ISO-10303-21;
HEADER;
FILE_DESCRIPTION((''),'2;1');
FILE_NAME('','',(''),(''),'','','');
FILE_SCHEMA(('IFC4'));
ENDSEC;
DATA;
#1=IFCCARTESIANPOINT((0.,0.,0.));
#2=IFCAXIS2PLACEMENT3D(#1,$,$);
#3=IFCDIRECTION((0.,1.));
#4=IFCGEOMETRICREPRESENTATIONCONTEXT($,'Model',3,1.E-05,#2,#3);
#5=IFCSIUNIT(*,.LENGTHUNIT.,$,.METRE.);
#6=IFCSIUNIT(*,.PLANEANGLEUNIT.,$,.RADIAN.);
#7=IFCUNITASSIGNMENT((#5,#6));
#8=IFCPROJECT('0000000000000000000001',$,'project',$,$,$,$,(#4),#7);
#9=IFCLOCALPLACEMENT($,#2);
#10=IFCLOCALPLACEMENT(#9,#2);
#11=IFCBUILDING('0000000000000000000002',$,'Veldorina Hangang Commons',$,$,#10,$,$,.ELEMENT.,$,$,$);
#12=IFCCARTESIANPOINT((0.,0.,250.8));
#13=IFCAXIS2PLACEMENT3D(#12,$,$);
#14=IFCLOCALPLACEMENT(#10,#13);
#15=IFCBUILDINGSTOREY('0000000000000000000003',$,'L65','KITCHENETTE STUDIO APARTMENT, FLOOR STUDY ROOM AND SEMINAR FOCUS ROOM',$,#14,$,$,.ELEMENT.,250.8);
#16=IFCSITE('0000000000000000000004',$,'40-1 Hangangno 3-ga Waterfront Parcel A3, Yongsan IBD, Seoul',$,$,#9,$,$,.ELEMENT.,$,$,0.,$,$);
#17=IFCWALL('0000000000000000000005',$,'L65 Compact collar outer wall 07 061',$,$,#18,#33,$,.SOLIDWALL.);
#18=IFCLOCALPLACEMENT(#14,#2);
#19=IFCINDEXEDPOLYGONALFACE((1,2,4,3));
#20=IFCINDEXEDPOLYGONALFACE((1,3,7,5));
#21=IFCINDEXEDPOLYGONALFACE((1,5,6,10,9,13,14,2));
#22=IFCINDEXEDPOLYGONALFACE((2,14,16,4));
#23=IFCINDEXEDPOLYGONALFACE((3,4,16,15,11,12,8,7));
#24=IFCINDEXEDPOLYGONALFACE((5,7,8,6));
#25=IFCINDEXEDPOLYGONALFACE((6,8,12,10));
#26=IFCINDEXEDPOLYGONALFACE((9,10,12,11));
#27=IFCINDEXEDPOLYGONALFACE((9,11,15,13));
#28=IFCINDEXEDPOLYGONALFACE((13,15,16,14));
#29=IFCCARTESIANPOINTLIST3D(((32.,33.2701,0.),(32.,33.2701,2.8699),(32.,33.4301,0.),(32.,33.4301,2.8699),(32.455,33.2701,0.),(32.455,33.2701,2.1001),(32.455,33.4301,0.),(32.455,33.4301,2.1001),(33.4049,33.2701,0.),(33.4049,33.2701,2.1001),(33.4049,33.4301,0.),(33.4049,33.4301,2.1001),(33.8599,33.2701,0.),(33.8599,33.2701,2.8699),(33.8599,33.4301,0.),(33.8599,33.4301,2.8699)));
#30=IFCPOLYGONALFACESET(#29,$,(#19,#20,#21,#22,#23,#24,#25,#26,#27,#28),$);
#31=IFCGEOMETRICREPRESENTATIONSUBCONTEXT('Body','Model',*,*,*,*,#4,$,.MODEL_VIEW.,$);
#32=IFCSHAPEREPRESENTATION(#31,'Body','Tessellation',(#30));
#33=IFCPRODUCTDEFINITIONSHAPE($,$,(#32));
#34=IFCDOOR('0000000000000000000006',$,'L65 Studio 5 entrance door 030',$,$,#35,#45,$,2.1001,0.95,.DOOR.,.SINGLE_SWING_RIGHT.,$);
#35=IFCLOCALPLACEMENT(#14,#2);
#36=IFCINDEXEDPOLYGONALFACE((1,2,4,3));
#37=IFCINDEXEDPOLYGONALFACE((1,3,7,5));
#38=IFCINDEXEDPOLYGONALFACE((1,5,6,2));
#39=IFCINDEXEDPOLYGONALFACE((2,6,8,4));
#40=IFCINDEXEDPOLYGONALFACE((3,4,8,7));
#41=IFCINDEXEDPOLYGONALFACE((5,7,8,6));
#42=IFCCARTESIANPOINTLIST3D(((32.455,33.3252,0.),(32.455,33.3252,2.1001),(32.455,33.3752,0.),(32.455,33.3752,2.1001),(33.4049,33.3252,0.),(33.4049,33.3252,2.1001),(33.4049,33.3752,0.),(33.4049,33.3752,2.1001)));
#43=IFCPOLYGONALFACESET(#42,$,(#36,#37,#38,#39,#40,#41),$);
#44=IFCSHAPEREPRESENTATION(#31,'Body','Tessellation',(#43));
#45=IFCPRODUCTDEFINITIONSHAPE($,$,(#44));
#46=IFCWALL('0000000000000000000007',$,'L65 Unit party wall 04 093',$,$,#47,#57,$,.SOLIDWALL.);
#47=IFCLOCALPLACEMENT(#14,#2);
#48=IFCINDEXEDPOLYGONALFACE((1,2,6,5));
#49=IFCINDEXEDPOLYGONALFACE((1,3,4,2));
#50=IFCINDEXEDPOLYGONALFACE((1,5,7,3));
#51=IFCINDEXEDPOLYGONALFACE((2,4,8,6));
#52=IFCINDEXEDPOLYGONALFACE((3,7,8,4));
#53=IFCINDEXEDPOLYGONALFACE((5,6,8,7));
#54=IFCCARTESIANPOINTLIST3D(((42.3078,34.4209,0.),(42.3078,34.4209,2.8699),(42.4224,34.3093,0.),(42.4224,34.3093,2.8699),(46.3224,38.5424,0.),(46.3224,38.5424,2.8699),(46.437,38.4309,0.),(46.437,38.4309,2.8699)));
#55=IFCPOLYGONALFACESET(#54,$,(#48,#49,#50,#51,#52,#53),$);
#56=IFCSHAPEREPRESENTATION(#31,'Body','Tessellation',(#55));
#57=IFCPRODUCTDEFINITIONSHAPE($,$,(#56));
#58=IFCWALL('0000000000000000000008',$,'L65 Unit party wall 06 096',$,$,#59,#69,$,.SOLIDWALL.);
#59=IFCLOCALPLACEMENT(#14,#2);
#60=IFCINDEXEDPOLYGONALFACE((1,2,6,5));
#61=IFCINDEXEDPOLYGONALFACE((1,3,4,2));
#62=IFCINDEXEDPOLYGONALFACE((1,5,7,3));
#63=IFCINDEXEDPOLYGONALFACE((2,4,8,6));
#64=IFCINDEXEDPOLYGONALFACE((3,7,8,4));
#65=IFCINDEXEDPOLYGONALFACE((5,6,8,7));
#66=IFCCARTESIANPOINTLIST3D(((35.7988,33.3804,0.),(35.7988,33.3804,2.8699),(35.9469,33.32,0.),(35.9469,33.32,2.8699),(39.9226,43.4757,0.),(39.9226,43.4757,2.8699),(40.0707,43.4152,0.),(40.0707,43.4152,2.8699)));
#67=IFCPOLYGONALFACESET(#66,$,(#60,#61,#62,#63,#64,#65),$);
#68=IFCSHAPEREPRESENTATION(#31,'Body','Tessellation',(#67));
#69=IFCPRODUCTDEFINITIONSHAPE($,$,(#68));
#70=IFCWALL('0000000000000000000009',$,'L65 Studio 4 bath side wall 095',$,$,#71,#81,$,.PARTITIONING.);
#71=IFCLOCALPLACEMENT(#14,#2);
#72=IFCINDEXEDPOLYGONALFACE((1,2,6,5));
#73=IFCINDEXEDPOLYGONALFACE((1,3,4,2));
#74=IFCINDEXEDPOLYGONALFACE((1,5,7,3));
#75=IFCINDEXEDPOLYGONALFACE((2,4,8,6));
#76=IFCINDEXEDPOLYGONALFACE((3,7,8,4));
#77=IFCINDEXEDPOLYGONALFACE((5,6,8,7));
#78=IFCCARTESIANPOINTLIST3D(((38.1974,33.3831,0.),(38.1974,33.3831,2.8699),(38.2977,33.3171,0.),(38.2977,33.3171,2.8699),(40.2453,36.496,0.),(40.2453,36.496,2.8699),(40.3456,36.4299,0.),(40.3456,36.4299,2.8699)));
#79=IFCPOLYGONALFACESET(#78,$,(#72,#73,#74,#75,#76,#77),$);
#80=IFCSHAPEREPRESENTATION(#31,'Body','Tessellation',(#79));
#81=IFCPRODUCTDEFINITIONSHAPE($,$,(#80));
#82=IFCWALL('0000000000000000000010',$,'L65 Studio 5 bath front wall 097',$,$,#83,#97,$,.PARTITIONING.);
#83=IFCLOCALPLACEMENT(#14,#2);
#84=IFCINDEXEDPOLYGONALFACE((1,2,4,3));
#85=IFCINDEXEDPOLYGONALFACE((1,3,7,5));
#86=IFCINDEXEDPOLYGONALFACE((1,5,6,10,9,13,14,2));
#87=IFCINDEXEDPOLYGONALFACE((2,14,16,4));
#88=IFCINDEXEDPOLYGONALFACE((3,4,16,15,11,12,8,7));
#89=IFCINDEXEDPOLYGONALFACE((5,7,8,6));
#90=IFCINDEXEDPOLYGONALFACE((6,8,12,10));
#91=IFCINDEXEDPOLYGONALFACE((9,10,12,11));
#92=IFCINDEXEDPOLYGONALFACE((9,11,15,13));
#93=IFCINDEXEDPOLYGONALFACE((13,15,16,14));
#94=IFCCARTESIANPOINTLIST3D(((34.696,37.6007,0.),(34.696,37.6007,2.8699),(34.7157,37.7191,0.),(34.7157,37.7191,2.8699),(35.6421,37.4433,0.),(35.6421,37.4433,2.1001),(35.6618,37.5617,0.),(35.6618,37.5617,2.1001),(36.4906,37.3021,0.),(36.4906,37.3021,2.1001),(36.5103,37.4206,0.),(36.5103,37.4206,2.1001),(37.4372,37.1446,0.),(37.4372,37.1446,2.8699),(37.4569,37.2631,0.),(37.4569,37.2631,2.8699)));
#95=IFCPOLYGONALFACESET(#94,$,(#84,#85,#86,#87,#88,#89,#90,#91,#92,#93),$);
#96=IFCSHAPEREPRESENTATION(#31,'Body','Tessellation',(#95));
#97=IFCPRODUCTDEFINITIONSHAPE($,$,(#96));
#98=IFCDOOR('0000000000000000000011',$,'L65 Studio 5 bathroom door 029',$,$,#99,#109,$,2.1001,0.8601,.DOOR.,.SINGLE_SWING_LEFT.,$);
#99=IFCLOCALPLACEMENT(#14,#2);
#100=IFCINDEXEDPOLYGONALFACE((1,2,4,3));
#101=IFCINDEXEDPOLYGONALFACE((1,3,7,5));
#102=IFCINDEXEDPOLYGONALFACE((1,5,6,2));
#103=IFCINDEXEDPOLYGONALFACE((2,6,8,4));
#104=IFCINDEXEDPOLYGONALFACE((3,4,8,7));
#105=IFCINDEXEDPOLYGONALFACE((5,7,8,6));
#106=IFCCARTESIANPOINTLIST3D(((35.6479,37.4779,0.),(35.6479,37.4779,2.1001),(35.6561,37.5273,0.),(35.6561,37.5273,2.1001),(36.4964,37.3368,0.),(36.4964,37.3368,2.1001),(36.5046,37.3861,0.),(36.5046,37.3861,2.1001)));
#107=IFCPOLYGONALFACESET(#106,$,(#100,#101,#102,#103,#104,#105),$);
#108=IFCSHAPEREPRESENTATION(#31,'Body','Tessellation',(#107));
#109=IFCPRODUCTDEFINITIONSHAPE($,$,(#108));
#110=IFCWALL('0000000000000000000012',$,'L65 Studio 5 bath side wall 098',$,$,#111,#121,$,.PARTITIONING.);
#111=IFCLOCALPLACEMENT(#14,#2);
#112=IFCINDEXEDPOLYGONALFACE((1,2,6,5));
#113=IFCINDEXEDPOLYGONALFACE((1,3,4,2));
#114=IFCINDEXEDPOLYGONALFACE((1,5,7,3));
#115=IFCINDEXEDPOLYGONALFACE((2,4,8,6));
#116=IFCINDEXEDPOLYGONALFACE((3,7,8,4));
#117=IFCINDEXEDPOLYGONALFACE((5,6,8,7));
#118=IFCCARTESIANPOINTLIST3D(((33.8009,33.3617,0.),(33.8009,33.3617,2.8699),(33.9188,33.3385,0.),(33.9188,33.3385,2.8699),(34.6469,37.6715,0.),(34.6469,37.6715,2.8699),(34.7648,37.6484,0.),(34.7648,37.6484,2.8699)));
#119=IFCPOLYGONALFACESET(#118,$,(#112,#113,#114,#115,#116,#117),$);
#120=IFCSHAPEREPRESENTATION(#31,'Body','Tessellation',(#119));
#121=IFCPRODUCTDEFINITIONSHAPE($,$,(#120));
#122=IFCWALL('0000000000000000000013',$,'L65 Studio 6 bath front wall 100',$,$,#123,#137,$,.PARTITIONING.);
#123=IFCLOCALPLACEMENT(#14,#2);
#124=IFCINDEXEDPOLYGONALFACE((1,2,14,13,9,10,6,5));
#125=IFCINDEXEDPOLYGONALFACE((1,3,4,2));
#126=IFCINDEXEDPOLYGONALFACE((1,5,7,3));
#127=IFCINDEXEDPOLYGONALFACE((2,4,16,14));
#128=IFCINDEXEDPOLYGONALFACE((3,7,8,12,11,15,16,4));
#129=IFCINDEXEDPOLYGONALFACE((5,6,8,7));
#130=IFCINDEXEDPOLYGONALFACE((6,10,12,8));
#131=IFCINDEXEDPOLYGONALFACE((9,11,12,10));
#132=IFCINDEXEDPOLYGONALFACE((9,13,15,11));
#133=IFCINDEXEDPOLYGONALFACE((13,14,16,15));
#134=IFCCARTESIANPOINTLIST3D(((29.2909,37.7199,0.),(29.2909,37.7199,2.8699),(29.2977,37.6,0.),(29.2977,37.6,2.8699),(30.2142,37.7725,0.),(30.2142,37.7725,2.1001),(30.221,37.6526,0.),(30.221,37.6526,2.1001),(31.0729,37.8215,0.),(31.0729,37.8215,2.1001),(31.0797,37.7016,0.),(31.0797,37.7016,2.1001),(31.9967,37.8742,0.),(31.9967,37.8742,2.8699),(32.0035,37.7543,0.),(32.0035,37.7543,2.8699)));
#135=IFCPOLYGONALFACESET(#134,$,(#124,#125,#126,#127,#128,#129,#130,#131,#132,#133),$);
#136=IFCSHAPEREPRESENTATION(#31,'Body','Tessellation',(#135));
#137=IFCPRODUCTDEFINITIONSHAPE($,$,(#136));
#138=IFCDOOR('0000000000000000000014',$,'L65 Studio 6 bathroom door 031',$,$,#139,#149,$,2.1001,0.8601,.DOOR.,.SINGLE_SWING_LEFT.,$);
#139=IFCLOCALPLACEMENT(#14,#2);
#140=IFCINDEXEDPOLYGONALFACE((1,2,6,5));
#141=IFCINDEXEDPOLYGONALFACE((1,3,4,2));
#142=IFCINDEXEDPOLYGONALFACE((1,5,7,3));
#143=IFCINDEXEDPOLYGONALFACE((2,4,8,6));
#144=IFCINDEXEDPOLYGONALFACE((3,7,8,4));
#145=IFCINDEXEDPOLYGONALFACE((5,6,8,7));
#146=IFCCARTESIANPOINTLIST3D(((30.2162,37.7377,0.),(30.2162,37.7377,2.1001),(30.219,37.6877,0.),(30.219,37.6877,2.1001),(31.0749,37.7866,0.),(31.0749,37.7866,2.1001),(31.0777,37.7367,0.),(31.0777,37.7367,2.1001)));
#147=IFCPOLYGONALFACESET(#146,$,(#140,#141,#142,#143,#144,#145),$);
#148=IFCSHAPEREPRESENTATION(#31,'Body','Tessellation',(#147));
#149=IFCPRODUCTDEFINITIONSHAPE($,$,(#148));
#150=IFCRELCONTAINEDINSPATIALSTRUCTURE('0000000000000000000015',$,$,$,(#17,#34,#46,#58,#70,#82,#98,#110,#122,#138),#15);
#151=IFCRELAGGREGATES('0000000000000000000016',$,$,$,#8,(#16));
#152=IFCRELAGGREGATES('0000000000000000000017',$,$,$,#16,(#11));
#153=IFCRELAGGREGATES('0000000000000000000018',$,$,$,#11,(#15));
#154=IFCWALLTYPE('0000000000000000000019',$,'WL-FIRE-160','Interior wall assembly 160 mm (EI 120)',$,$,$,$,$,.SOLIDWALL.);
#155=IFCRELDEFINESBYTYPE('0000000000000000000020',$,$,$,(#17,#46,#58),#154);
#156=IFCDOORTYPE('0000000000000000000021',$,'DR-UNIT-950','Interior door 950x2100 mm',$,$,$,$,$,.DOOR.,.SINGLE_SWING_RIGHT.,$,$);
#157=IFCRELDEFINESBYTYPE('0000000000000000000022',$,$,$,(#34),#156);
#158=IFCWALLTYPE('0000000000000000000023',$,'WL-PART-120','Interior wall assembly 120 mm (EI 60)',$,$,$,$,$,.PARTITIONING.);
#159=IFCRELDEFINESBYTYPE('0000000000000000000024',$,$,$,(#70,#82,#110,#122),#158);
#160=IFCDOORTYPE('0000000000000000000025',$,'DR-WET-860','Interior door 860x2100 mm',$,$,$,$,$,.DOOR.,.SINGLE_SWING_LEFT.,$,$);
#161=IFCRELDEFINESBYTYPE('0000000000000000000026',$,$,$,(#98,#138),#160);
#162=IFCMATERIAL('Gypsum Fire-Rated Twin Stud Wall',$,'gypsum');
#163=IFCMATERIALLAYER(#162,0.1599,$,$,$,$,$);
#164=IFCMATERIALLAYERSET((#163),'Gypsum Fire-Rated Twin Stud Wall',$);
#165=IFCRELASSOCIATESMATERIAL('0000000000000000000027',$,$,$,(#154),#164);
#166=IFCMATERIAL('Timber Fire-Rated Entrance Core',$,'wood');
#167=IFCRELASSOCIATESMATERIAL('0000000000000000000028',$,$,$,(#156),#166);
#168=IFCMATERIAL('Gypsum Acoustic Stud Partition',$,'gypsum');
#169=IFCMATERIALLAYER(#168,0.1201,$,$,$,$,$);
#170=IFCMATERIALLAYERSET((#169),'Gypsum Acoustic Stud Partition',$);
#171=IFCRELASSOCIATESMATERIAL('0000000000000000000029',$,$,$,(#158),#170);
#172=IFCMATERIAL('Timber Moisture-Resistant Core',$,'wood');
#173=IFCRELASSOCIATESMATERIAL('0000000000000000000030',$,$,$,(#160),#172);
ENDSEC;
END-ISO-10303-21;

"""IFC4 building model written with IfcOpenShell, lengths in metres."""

from ifc_helpers import new_model, si_unit, direction, frame, frame_2d, origin, place, context, subcontext, project, spatial, rectangle, extrude, material, layer, layer_set, type_object, element, fill, save


model = new_model("IFC4")

# Units and contexts
model_context = context("Model", 3, precision=1e-05, world=origin(), true_north=direction((0.0, 1.0)))
body_context = subcontext(model_context, "Body", "Model", "MODEL_VIEW")
ifc_project = project(units=[si_unit("LENGTHUNIT", "METRE"), si_unit("PLANEANGLEUNIT", "RADIAN")], contexts=[model_context])

# Site, building, storey
site_placement = place(None, origin())
site = spatial("IfcSite", under=ifc_project, at=site_placement, Name="40-1 Hangangno 3-ga Waterfront Parcel A3, Yongsan IBD, Seoul", CompositionType="ELEMENT", RefElevation=0.0)
building_placement = place(site_placement, origin())
building = spatial("IfcBuilding", under=site, at=building_placement, Name="Veldorina Hangang Commons", CompositionType="ELEMENT")
storey_placement = place(building_placement, frame((0.0, 0.0, 250.8)))
storey = spatial("IfcBuildingStorey", under=building, at=storey_placement, Name="L65", Description="KITCHENETTE STUDIO APARTMENT, FLOOR STUDY ROOM AND SEMINAR FOCUS ROOM", CompositionType="ELEMENT", Elevation=250.8)

# Shared definitions
ifc_material_1 = material(Name="Gypsum Fire-Rated Twin Stud Wall", Category="gypsum")
ifc_layer_1 = layer(ifc_material_1, 0.1599)
ifc_layer_set_1 = layer_set([ifc_layer_1], Name="Gypsum Fire-Rated Twin Stud Wall")
wall_type_1 = type_object("IfcWallType", Name="WL-FIRE-160", Description="Interior wall assembly 160 mm (EI 120)", PredefinedType="SOLIDWALL", material=ifc_layer_set_1)

# Shared definitions
ifc_material_2 = material(Name="Timber Fire-Rated Entrance Core", Category="wood")
door_type_1 = type_object("IfcDoorType", Name="DR-UNIT-950", Description="Interior door 950x2100 mm", OperationType="SINGLE_SWING_RIGHT", PredefinedType="DOOR", material=ifc_material_2)

# Wall, opening, door
wall_1_placement = place(storey_placement, frame((33.8599, 33.3501, 0.0), z_axis=(0.0, 0.0, 1.0), x_axis=(-1.0, 0.0, 0.0)))
wall_1 = element("IfcWall", 1, at=wall_1_placement, inside=storey, type_object=wall_type_1, Name="L65 Compact collar outer wall 07 061", PredefinedType="SOLIDWALL", context=body_context, shape_type="SweptSolid", body=[
    extrude(rectangle(XDim=1.8599, YDim=0.1599, at=frame_2d((0.9299, 0.0))), origin(), (0.0, 0.0, 1.0), 2.8699),
])
opening_1_placement = place(wall_1_placement, frame((0.4548, 0.0, 0.0)))
opening_1 = element("IfcOpeningElement", 2, at=opening_1_placement, cuts=wall_1, PredefinedType="OPENING", context=body_context, shape_type="SweptSolid", body=[
    extrude(rectangle(XDim=0.95, YDim=2.1001, at=frame_2d((0.4751, 1.05))), frame((0.0, 0.0898, 0.0), z_axis=(0.0, -1.0, 0.0), x_axis=(1.0, 0.0, 0.0)), (0.0, 0.0, 1.0), 0.1799),
])
door_1_placement = place(opening_1_placement, origin())
door_1 = element("IfcDoor", 3, at=door_1_placement, inside=storey, type_object=door_type_1, Name="L65 Studio 5 entrance door 030", OperationType="SINGLE_SWING_RIGHT", OverallHeight=2.1001, OverallWidth=0.95, PredefinedType="DOOR", context=body_context, shape_type="SweptSolid", body=[
    extrude(rectangle(XDim=0.95, YDim=2.1001, at=frame_2d((0.4751, 1.05))), frame((0.0, 0.0249, 0.0), z_axis=(0.0, -1.0, 0.0), x_axis=(1.0, 0.0, 0.0)), (0.0, 0.0, 1.0), 0.05),
])
fill(opening_1, door_1)

# Walls
wall_2_placement = place(storey_placement, frame((42.365, 34.365, 0.0), z_axis=(0.0, 0.0, 1.0), x_axis=(0.697753, 0.716338, 0.0)))
element("IfcWall", 4, at=wall_2_placement, inside=storey, type_object=wall_type_1, Name="L65 Unit party wall 04 093", PredefinedType="SOLIDWALL", context=body_context, shape_type="SweptSolid", body=[
    extrude(rectangle(XDim=5.7537, YDim=0.1599, at=frame_2d((2.877, 0.0))), origin(), (0.0, 0.0, 1.0), 2.8699),
])
wall_3_placement = place(storey_placement, frame((35.8728, 33.3501, 0.0), z_axis=(0.0, 0.0, 1.0), x_axis=(0.378155, 0.925742, 0.0)))
element("IfcWall", 5, at=wall_3_placement, inside=storey, type_object=wall_type_1, Name="L65 Unit party wall 06 096", PredefinedType="SOLIDWALL", context=body_context, shape_type="SweptSolid", body=[
    extrude(rectangle(XDim=10.905, YDim=0.1599, at=frame_2d((5.4526, 0.0))), origin(), (0.0, 0.0, 1.0), 2.8699),
])
ifc_material_3 = material(Name="Gypsum Acoustic Stud Partition", Category="gypsum")
ifc_layer_2 = layer(ifc_material_3, 0.1201)
ifc_layer_set_2 = layer_set([ifc_layer_2], Name="Gypsum Acoustic Stud Partition")
wall_type_2 = type_object("IfcWallType", Name="WL-PART-120", Description="Interior wall assembly 120 mm (EI 60)", PredefinedType="PARTITIONING", material=ifc_layer_set_2)
wall_4_placement = place(storey_placement, frame((38.2476, 33.3501, 0.0), z_axis=(0.0, 0.0, 1.0), x_axis=(0.549609, 0.835422, 0.0)))
element("IfcWall", 6, at=wall_4_placement, inside=storey, type_object=wall_type_2, Name="L65 Studio 4 bath side wall 095", PredefinedType="PARTITIONING", context=body_context, shape_type="SweptSolid", body=[
    extrude(rectangle(XDim=3.7261, YDim=0.1201, at=frame_2d((1.863, 0.0))), origin(), (0.0, 0.0, 1.0), 2.8699),
])

# Wall, opening, door
wall_5_placement = place(storey_placement, frame((37.447, 37.2039, 0.0), z_axis=(0.0, 0.0, 1.0), x_axis=(-0.986441, 0.164114, 0.0)))
wall_5 = element("IfcWall", 7, at=wall_5_placement, inside=storey, type_object=wall_type_2, Name="L65 Studio 5 bath front wall 097", PredefinedType="PARTITIONING", context=body_context, shape_type="SweptSolid", body=[
    extrude(rectangle(XDim=2.7788, YDim=0.1201, at=frame_2d((1.3894, 0.0))), origin(), (0.0, 0.0, 1.0), 2.8699),
])
opening_2_placement = place(wall_5_placement, frame((0.9595, 0.0, 0.0)))
opening_2 = element("IfcOpeningElement", 8, at=opening_2_placement, cuts=wall_5, PredefinedType="OPENING", context=body_context, shape_type="SweptSolid", body=[
    extrude(rectangle(XDim=0.8601, YDim=2.1001, at=frame_2d((0.4302, 1.05))), frame((0.0, 0.0701, 0.0), z_axis=(0.0, -1.0, 0.0), x_axis=(1.0, 0.0, 0.0)), (0.0, 0.0, 1.0), 0.1401),
])
ifc_material_4 = material(Name="Timber Moisture-Resistant Core", Category="wood")
door_type_2 = type_object("IfcDoorType", Name="DR-WET-860", Description="Interior door 860x2100 mm", OperationType="SINGLE_SWING_LEFT", PredefinedType="DOOR", material=ifc_material_4)
door_2_placement = place(opening_2_placement, origin())
door_2 = element("IfcDoor", 9, at=door_2_placement, inside=storey, type_object=door_type_2, Name="L65 Studio 5 bathroom door 029", OperationType="SINGLE_SWING_LEFT", OverallHeight=2.1001, OverallWidth=0.8601, PredefinedType="DOOR", context=body_context, shape_type="SweptSolid", body=[
    extrude(rectangle(XDim=0.8601, YDim=2.1001, at=frame_2d((0.4302, 1.05))), frame((0.0, 0.0249, 0.0), z_axis=(0.0, -1.0, 0.0), x_axis=(1.0, 0.0, 0.0)), (0.0, 0.0, 1.0), 0.05),
])
fill(opening_2, door_2)

# Wall
wall_6_placement = place(storey_placement, frame((33.8599, 33.3501, 0.0), z_axis=(0.0, 0.0, 1.0), x_axis=(0.192609, 0.981276, 0.0)))
element("IfcWall", 10, at=wall_6_placement, inside=storey, type_object=wall_type_2, Name="L65 Studio 5 bath side wall 098", PredefinedType="PARTITIONING", context=body_context, shape_type="SweptSolid", body=[
    extrude(rectangle(XDim=4.3921, YDim=0.1201, at=frame_2d((2.196, 0.0))), origin(), (0.0, 0.0, 1.0), 2.8699),
])

# Wall, opening, door
wall_7_placement = place(storey_placement, frame((32.0, 37.8142, 0.0), z_axis=(0.0, 0.0, 1.0), x_axis=(-0.998378, -0.056932, 0.0)))
wall_7 = element("IfcWall", 11, at=wall_7_placement, inside=storey, type_object=wall_type_2, Name="L65 Studio 6 bath front wall 100", PredefinedType="PARTITIONING", context=body_context, shape_type="SweptSolid", body=[
    extrude(rectangle(XDim=2.7102, YDim=0.1201, at=frame_2d((1.355, 0.0))), origin(), (0.0, 0.0, 1.0), 2.8699),
])
opening_3_placement = place(wall_7_placement, frame((0.925, 0.0, 0.0)))
opening_3 = element("IfcOpeningElement", 12, at=opening_3_placement, cuts=wall_7, PredefinedType="OPENING", context=body_context, shape_type="SweptSolid", body=[
    extrude(rectangle(XDim=0.8601, YDim=2.1001, at=frame_2d((0.4302, 1.05))), frame((0.0, 0.0701, 0.0), z_axis=(0.0, -1.0, 0.0), x_axis=(1.0, 0.0, 0.0)), (0.0, 0.0, 1.0), 0.1401),
])
door_3_placement = place(opening_3_placement, origin())
door_3 = element("IfcDoor", 13, at=door_3_placement, inside=storey, type_object=door_type_2, Name="L65 Studio 6 bathroom door 031", OperationType="SINGLE_SWING_LEFT", OverallHeight=2.1001, OverallWidth=0.8601, PredefinedType="DOOR", context=body_context, shape_type="SweptSolid", body=[
    extrude(rectangle(XDim=0.8601, YDim=2.1001, at=frame_2d((0.4302, 1.05))), frame((0.0, 0.0249, 0.0), z_axis=(0.0, -1.0, 0.0), x_axis=(1.0, 0.0, 0.0)), (0.0, 0.0, 1.0), 0.05),
])
fill(opening_3, door_3)

save(model, "model.ifc")
